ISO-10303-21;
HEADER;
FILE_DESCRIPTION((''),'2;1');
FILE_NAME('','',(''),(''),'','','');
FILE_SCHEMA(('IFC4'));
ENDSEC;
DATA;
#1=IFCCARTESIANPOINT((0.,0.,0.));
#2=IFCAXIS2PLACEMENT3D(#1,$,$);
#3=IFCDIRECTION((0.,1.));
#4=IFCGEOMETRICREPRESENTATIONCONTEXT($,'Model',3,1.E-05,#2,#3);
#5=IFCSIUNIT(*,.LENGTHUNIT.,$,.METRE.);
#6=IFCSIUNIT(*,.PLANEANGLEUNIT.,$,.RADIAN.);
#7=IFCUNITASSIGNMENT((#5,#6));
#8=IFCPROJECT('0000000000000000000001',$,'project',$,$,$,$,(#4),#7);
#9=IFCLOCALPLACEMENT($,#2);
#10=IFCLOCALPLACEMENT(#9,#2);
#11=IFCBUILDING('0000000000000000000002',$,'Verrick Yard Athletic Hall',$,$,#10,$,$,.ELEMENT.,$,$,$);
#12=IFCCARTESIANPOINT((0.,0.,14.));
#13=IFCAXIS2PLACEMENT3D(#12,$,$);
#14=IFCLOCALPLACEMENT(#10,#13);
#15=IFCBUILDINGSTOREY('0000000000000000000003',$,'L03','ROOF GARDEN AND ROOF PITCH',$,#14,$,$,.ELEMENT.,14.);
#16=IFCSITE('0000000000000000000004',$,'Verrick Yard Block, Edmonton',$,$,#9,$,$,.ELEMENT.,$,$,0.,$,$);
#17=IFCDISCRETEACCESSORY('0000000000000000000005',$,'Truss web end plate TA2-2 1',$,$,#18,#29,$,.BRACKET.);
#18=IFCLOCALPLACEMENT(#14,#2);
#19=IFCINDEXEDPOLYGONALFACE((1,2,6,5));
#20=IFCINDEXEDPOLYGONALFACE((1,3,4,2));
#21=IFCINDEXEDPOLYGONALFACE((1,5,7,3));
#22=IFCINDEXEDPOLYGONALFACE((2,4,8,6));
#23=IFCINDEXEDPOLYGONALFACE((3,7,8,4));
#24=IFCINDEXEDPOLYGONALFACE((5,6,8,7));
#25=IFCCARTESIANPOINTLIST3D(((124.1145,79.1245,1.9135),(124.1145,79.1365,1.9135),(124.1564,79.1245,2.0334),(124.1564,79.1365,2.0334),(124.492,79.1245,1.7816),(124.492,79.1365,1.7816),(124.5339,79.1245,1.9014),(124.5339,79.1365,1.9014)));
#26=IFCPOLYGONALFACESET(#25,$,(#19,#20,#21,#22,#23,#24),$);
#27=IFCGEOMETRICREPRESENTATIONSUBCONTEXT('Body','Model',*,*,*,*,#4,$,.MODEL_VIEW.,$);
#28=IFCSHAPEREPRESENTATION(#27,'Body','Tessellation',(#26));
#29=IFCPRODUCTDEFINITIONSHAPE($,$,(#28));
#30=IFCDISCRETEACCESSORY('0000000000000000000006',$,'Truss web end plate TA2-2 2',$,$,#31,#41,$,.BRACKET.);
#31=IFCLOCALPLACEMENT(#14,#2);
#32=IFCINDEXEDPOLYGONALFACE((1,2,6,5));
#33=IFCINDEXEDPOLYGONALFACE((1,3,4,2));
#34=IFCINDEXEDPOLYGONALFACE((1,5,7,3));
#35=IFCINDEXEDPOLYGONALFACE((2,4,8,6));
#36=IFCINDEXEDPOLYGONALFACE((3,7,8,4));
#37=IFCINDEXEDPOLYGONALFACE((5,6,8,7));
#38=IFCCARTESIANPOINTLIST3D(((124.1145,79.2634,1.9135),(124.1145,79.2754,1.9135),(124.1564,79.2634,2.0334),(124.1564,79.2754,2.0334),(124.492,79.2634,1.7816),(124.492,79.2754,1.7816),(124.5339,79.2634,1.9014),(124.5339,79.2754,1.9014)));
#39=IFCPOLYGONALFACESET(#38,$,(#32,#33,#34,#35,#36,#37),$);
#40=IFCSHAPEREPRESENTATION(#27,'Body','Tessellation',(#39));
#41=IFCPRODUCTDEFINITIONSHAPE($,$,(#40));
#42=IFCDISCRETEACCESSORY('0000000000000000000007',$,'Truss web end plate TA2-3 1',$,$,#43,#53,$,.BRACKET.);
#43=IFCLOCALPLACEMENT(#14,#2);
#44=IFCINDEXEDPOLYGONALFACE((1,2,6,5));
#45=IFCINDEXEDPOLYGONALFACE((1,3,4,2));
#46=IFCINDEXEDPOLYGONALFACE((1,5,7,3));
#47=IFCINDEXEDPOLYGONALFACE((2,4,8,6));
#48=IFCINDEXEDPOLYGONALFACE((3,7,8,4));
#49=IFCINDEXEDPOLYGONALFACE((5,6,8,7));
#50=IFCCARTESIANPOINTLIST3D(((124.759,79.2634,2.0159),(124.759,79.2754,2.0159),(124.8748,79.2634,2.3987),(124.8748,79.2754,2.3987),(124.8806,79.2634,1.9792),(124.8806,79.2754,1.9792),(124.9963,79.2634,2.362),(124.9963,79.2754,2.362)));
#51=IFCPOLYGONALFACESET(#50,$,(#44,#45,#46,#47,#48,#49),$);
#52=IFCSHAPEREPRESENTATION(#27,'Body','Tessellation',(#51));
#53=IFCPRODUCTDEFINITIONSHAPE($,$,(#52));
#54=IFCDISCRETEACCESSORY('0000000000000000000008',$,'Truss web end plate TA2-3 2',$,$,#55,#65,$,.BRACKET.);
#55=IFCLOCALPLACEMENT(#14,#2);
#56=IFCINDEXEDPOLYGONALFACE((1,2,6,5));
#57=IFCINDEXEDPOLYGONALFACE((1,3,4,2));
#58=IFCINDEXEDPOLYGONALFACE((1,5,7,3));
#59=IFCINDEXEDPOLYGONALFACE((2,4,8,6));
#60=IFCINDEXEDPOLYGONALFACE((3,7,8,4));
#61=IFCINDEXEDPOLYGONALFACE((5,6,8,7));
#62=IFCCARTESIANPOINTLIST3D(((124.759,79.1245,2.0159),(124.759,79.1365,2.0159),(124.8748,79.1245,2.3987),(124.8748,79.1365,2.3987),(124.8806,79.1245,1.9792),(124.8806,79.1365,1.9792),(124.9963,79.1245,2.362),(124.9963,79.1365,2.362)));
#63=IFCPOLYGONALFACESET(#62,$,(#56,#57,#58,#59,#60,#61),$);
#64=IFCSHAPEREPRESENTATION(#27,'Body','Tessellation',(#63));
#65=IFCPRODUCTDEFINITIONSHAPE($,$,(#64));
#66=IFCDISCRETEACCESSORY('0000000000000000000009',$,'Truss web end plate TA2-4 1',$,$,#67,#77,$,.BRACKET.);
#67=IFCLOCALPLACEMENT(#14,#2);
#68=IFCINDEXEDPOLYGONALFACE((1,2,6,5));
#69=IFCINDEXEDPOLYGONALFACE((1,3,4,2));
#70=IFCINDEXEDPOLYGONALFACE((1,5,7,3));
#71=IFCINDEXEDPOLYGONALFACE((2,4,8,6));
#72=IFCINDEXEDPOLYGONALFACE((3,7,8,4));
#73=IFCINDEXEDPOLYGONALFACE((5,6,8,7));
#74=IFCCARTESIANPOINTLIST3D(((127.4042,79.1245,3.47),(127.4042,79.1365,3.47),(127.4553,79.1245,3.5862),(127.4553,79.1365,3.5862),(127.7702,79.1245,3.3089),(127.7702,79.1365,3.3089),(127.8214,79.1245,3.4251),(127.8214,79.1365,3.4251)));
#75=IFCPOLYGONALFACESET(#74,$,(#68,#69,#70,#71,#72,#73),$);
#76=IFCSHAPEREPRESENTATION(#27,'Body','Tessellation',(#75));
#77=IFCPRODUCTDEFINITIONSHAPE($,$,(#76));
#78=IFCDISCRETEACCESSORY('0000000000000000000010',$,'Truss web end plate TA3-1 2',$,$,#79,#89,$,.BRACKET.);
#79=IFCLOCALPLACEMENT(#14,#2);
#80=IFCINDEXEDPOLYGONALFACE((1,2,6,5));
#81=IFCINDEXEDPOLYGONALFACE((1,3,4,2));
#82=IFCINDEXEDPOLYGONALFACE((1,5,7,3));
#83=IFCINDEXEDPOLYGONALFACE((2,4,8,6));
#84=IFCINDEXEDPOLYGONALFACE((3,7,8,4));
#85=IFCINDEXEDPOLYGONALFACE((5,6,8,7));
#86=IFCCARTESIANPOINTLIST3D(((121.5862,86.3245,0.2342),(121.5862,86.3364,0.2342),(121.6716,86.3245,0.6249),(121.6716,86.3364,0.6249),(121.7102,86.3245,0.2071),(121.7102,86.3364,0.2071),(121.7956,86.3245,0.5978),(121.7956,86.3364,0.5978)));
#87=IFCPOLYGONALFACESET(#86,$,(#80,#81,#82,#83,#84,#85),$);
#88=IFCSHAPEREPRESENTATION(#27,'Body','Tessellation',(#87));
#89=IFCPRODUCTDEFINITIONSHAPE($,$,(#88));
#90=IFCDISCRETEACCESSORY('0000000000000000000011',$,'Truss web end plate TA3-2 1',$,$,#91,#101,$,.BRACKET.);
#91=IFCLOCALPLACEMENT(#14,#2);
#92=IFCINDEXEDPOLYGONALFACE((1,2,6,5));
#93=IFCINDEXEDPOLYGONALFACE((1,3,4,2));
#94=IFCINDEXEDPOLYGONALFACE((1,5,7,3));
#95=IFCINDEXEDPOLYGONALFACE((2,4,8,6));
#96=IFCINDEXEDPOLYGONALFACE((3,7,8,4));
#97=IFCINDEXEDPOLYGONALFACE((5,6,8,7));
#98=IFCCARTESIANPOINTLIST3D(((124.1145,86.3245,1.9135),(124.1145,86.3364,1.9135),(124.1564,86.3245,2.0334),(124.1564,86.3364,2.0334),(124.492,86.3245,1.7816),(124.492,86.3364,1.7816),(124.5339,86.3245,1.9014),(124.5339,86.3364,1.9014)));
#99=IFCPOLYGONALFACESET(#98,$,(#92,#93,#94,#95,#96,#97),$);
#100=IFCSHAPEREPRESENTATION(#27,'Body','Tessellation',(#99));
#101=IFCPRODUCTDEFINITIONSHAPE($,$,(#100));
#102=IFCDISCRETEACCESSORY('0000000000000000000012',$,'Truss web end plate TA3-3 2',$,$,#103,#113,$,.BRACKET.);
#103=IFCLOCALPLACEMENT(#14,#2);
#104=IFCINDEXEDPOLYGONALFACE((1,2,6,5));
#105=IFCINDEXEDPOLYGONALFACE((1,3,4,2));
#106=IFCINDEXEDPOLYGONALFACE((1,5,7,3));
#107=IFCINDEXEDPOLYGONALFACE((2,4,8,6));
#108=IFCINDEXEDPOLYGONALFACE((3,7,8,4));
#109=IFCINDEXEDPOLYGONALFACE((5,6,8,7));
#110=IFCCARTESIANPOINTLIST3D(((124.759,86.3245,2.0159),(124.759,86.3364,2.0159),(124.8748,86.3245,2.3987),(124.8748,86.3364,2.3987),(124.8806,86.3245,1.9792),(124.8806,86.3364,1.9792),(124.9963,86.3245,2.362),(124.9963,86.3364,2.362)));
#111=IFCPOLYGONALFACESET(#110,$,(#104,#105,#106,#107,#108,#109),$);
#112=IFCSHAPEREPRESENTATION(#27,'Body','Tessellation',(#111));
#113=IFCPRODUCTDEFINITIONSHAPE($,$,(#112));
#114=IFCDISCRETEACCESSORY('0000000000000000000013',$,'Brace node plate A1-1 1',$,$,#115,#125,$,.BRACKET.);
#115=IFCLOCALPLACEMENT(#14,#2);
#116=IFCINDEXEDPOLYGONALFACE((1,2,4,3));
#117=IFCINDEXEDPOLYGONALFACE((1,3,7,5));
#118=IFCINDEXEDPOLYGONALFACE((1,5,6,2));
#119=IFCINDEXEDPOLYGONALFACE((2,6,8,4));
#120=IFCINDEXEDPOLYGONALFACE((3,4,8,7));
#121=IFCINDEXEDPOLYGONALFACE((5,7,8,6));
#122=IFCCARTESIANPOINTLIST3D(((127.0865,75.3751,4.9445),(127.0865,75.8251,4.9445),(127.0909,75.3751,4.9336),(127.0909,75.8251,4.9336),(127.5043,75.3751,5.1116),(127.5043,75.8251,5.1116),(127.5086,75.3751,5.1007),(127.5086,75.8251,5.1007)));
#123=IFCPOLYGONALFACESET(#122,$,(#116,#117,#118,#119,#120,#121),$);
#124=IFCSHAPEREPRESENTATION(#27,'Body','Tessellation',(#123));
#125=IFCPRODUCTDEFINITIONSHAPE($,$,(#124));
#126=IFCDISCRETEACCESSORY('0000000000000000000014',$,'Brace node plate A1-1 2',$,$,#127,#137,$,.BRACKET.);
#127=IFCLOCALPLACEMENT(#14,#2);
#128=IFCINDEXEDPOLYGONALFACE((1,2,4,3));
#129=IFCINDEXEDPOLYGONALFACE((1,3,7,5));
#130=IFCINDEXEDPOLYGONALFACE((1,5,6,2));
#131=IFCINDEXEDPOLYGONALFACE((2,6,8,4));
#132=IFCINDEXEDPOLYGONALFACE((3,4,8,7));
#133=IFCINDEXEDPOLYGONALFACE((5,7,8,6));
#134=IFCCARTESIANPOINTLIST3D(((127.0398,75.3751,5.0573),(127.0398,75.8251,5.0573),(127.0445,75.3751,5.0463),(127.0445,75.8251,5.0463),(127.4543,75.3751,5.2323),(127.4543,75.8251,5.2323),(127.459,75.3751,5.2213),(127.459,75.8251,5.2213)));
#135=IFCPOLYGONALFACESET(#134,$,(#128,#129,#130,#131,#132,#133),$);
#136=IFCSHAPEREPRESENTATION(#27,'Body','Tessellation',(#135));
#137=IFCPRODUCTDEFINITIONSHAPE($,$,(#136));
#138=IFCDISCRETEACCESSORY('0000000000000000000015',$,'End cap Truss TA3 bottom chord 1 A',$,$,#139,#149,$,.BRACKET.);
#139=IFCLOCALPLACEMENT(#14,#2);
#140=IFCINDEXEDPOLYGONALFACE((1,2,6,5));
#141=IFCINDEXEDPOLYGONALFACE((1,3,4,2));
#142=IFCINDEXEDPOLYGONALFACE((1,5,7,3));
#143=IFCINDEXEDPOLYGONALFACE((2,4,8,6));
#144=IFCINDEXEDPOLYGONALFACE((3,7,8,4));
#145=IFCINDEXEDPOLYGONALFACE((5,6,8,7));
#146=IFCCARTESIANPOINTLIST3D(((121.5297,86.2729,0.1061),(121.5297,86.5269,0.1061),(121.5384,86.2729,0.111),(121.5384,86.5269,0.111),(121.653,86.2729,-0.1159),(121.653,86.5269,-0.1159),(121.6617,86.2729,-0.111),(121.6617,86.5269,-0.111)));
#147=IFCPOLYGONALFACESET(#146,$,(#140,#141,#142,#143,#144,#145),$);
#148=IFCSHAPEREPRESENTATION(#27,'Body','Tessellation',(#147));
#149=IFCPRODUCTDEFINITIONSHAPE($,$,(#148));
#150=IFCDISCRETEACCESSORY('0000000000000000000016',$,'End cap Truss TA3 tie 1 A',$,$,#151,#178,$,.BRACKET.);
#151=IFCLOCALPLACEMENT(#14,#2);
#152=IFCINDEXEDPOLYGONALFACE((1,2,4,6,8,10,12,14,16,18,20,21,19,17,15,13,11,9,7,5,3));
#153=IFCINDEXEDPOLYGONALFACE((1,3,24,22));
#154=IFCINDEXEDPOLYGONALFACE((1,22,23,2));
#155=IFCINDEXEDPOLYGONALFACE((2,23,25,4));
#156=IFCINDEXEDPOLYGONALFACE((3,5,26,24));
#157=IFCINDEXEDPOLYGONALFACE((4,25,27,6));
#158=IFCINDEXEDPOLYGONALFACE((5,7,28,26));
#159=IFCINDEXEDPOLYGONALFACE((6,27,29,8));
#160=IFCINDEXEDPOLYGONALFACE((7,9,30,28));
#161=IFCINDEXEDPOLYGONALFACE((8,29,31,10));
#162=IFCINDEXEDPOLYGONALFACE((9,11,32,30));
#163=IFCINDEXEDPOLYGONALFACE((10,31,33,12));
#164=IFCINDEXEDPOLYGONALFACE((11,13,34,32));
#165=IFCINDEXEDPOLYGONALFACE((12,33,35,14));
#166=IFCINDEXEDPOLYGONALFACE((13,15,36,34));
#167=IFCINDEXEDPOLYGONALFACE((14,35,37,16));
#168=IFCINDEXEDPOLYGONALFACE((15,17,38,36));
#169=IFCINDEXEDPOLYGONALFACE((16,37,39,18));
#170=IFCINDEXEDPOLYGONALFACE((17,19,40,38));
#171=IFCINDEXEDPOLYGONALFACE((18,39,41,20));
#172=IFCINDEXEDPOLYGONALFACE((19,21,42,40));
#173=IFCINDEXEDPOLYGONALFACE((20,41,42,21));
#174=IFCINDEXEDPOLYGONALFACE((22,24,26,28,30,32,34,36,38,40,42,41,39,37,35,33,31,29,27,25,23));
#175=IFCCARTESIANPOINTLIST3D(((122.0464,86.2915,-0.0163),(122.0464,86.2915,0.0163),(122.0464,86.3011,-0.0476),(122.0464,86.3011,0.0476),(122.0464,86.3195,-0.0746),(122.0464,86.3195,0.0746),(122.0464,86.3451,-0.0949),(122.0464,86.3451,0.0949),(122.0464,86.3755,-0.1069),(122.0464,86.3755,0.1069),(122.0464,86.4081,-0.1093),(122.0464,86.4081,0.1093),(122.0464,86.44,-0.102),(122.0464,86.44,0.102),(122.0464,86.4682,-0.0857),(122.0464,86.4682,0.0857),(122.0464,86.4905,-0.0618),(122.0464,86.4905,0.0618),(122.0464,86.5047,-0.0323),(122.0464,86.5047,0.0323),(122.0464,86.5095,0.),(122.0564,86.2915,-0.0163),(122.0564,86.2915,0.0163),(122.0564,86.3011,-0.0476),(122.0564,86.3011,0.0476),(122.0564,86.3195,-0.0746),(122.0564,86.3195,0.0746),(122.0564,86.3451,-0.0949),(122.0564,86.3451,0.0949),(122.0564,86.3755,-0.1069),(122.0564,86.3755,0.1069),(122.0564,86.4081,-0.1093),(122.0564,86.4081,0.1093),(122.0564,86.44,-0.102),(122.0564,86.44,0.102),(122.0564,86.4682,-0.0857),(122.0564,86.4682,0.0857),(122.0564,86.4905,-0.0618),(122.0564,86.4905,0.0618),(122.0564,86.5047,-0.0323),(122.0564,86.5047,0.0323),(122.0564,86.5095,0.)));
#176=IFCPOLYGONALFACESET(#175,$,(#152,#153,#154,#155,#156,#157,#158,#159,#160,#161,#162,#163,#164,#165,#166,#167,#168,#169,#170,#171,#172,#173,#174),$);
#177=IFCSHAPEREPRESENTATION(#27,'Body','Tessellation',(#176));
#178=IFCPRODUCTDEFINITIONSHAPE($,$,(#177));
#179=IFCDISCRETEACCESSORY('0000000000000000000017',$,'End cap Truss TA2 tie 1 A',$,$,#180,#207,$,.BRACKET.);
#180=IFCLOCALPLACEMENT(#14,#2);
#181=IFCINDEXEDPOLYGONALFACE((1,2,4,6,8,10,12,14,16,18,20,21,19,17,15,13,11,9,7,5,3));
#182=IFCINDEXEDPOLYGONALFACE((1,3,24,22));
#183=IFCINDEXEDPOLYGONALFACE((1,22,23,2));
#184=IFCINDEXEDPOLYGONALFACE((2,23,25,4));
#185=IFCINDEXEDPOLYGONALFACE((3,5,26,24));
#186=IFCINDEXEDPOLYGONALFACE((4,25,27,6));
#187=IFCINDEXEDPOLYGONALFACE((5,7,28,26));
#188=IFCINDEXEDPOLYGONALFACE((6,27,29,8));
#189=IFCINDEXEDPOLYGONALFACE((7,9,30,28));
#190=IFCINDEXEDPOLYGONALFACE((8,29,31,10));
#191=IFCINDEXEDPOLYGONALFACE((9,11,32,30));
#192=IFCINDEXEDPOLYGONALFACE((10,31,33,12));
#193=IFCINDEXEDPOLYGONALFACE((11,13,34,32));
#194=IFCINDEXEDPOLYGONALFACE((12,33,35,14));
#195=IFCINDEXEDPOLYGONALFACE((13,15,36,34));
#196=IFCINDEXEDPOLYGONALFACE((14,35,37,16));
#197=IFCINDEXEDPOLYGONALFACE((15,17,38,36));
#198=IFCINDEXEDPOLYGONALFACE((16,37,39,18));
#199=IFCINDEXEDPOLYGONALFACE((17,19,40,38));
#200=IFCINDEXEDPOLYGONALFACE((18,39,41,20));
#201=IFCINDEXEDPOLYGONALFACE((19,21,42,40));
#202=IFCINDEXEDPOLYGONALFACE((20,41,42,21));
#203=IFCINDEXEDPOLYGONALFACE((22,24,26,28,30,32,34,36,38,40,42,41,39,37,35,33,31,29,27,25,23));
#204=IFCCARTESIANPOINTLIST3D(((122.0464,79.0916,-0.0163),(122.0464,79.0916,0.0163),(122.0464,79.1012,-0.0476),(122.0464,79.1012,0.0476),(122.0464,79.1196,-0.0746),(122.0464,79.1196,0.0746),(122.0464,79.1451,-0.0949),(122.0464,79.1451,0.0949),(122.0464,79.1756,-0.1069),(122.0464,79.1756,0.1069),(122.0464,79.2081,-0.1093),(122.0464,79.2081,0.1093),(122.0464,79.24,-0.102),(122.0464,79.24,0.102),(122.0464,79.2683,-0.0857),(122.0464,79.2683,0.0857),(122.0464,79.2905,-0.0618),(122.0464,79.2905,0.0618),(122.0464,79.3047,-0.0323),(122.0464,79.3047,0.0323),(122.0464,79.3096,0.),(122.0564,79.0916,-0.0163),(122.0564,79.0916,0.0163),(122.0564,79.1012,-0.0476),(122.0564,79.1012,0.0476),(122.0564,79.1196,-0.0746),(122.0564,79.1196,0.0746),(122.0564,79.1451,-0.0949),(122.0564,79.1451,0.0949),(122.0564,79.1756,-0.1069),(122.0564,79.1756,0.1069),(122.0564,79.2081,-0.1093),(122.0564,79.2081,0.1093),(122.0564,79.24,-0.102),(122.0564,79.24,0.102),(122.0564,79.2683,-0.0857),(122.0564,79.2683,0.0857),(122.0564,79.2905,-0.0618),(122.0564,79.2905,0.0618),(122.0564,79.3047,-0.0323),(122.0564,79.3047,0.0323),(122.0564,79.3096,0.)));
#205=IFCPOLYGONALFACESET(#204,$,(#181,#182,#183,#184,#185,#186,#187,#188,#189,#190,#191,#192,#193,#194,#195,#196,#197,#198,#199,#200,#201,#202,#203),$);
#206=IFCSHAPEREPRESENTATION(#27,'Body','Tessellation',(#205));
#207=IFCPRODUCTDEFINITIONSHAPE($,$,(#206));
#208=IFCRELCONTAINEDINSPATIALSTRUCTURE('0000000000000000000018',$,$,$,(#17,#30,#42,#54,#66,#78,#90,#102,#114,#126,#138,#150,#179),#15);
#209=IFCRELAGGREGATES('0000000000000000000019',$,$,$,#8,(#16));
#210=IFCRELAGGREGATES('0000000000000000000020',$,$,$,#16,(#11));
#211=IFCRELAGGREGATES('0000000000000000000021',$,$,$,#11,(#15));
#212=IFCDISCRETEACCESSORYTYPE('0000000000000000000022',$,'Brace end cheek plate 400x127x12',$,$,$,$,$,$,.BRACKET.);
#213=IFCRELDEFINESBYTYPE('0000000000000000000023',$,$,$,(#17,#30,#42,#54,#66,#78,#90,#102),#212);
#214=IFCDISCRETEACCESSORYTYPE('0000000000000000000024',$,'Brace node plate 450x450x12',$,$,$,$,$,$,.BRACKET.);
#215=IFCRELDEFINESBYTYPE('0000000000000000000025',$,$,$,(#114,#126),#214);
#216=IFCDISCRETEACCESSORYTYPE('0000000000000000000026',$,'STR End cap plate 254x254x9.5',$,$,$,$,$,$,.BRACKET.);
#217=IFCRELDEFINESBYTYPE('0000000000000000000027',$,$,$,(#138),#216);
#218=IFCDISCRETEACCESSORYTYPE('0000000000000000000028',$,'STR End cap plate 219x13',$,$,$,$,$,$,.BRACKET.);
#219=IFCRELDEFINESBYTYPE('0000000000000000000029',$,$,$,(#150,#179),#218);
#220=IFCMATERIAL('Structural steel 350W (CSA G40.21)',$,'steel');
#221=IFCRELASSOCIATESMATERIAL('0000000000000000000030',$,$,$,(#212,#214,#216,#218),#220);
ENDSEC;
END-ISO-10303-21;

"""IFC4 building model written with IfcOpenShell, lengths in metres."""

from ifc_helpers import new_model, si_unit, direction, frame, origin, origin_2d, place, context, subcontext, project, spatial, rectangle, circle, extrude, material, material_profile, profile_set, type_object, element, save


model = new_model("IFC4")

# Units and contexts
model_context = context("Model", 3, precision=1e-05, world=origin(), true_north=direction((0.0, 1.0)))
body_context = subcontext(model_context, "Body", "Model", "MODEL_VIEW")
ifc_project = project(units=[si_unit("LENGTHUNIT", "METRE"), si_unit("PLANEANGLEUNIT", "RADIAN")], contexts=[model_context])

# Site, building, storey
site_placement = place(None, origin())
site = spatial("IfcSite", under=ifc_project, at=site_placement, Name="Verrick Yard Block, Edmonton", CompositionType="ELEMENT", RefElevation=0.0)
building_placement = place(site_placement, origin())
building = spatial("IfcBuilding", under=site, at=building_placement, Name="Verrick Yard Athletic Hall", CompositionType="ELEMENT")
storey_placement = place(building_placement, frame((0.0, 0.0, 14.0)))
storey = spatial("IfcBuildingStorey", under=building, at=storey_placement, Name="L03", Description="ROOF GARDEN AND ROOF PITCH", CompositionType="ELEMENT", Elevation=14.0)

# Discrete accessories
ifc_material_1 = material(Name="Structural steel 350W (CSA G40.21)", Category="steel")
ifc_material_profile_1 = material_profile(ifc_material_1, rectangle(XDim=0.3999, YDim=0.127, at=origin_2d()), Name="Brace end cheek plate")
ifc_profile_set_1 = profile_set([ifc_material_profile_1], Name="Structural steel 350W (CSA G40.21)")
discrete_accessory_type_1 = type_object("IfcDiscreteAccessoryType", Name="Brace end cheek plate 400x127x12", PredefinedType="BRACKET", material=ifc_profile_set_1)
for number, where, z_axis, x_axis, name in (
    (1, (124.3242, 79.1365, 1.9075), (0.0, -1.0, 0.0), (-0.944026, 0.0, 0.329872), "Truss web end plate TA2-2 1"),
    (2, (124.3242, 79.2634, 1.9075), (0.0, 1.0, 0.0), (-0.944026, 0.0, 0.329872), "Truss web end plate TA2-2 2"),
    (3, (124.8777, 79.2634, 2.189), (0.0, 1.0, 0.0), (0.289473, 0.0, 0.957186), "Truss web end plate TA2-3 1"),
    (4, (124.8777, 79.1365, 2.189), (0.0, -1.0, 0.0), (0.289473, 0.0, 0.957186), "Truss web end plate TA2-3 2"),
    (5, (127.6128, 79.1365, 3.4475), (0.0, -1.0, 0.0), (-0.915285, 0.0, 0.402806), "Truss web end plate TA2-4 1"),
    (6, (121.6909, 86.3364, 0.416), (0.0, -1.0, 0.0), (0.213605, 0.0, 0.97692), "Truss web end plate TA3-1 2"),
    (7, (124.3242, 86.3364, 1.9075), (0.0, -1.0, 0.0), (-0.944026, 0.0, 0.329872), "Truss web end plate TA3-2 1"),
    (8, (124.8777, 86.3364, 2.189), (0.0, -1.0, 0.0), (0.289473, 0.0, 0.957186), "Truss web end plate TA3-3 2"),
):
    element("IfcDiscreteAccessory", number, at=place(storey_placement, frame(where, z_axis=z_axis, x_axis=x_axis)), inside=storey, type_object=discrete_accessory_type_1, Name=name, PredefinedType="BRACKET", context=body_context, shape_type="SweptSolid", body=[
        extrude(rectangle(XDim=0.3999, YDim=0.127, at=origin_2d()), origin(), (0.0, 0.0, 1.0), 0.012),
    ])
ifc_material_profile_2 = material_profile(ifc_material_1, rectangle(XDim=0.45, YDim=0.45, at=origin_2d()), Name="Brace node plate")
ifc_profile_set_2 = profile_set([ifc_material_profile_2], Name="Structural steel 350W (CSA G40.21)")
discrete_accessory_type_2 = type_object("IfcDiscreteAccessoryType", Name="Brace node plate 450x450x12", PredefinedType="BRACKET", material=ifc_profile_set_2)
discrete_accessory_1_placement = place(storey_placement, frame((127.2954, 75.6001, 5.0281), z_axis=(0.371391, 0.0, -0.928477), x_axis=(0.0, 1.0, 0.0)))
element("IfcDiscreteAccessory", 9, at=discrete_accessory_1_placement, inside=storey, type_object=discrete_accessory_type_2, Name="Brace node plate A1-1 1", PredefinedType="BRACKET", context=body_context, shape_type="SweptSolid", body=[
    extrude(rectangle(XDim=0.45, YDim=0.45, at=origin_2d()), origin(), (0.0, 0.0, 1.0), 0.0117),
])
discrete_accessory_2_placement = place(storey_placement, frame((127.2517, 75.6001, 5.1338), z_axis=(-0.388972, 0.0, 0.92125), x_axis=(0.0, -1.0, 0.0)))
element("IfcDiscreteAccessory", 10, at=discrete_accessory_2_placement, inside=storey, type_object=discrete_accessory_type_2, Name="Brace node plate A1-1 2", PredefinedType="BRACKET", context=body_context, shape_type="SweptSolid", body=[
    extrude(rectangle(XDim=0.45, YDim=0.45, at=origin_2d()), origin(), (0.0, 0.0, 1.0), 0.012),
])
ifc_material_profile_3 = material_profile(ifc_material_1, rectangle(XDim=0.2539, YDim=0.2539, at=origin_2d()), Name="STR End cap plate 254x254x9.5")
ifc_profile_set_3 = profile_set([ifc_material_profile_3], Name="Structural steel 350W (CSA G40.21)")
discrete_accessory_type_3 = type_object("IfcDiscreteAccessoryType", Name="STR End cap plate 254x254x9.5", PredefinedType="BRACKET", material=ifc_profile_set_3)
discrete_accessory_3_placement = place(storey_placement, frame((121.5913, 86.3999, -0.0049), z_axis=(0.874157, 0.0, 0.485643), x_axis=(0.0, 1.0, 0.0)))
element("IfcDiscreteAccessory", 11, at=discrete_accessory_3_placement, inside=storey, type_object=discrete_accessory_type_3, Name="End cap Truss TA3 bottom chord 1 A", PredefinedType="BRACKET", context=body_context, shape_type="SweptSolid", body=[
    extrude(rectangle(XDim=0.2539, YDim=0.2539, at=origin_2d()), origin(), (0.0, 0.0, 1.0), 0.01),
])
ifc_material_profile_4 = material_profile(ifc_material_1, circle(Radius=0.1096, at=origin_2d()), Name="STR End cap plate 219x13")
ifc_profile_set_4 = profile_set([ifc_material_profile_4], Name="Structural steel 350W (CSA G40.21)")
discrete_accessory_type_4 = type_object("IfcDiscreteAccessoryType", Name="STR End cap plate 219x13", PredefinedType="BRACKET", material=ifc_profile_set_4)
for number, where, z_axis, x_axis, name in (
    (12, (122.0464, 86.3999, 0.0), (1.0, 0.0, 0.0), (0.0, 1.0, 0.0), "End cap Truss TA3 tie 1 A"),
    (13, (122.0464, 79.2, 0.0), (1.0, 0.0, 0.0), (0.0, 1.0, 0.0), "End cap Truss TA2 tie 1 A"),
):
    element("IfcDiscreteAccessory", number, at=place(storey_placement, frame(where, z_axis=z_axis, x_axis=x_axis)), inside=storey, type_object=discrete_accessory_type_4, Name=name, PredefinedType="BRACKET", context=body_context, shape_type="SweptSolid", body=[
        extrude(circle(Radius=0.1096, at=origin_2d()), origin(), (0.0, 0.0, 1.0), 0.01),
    ])

save(model, "model.ifc")
